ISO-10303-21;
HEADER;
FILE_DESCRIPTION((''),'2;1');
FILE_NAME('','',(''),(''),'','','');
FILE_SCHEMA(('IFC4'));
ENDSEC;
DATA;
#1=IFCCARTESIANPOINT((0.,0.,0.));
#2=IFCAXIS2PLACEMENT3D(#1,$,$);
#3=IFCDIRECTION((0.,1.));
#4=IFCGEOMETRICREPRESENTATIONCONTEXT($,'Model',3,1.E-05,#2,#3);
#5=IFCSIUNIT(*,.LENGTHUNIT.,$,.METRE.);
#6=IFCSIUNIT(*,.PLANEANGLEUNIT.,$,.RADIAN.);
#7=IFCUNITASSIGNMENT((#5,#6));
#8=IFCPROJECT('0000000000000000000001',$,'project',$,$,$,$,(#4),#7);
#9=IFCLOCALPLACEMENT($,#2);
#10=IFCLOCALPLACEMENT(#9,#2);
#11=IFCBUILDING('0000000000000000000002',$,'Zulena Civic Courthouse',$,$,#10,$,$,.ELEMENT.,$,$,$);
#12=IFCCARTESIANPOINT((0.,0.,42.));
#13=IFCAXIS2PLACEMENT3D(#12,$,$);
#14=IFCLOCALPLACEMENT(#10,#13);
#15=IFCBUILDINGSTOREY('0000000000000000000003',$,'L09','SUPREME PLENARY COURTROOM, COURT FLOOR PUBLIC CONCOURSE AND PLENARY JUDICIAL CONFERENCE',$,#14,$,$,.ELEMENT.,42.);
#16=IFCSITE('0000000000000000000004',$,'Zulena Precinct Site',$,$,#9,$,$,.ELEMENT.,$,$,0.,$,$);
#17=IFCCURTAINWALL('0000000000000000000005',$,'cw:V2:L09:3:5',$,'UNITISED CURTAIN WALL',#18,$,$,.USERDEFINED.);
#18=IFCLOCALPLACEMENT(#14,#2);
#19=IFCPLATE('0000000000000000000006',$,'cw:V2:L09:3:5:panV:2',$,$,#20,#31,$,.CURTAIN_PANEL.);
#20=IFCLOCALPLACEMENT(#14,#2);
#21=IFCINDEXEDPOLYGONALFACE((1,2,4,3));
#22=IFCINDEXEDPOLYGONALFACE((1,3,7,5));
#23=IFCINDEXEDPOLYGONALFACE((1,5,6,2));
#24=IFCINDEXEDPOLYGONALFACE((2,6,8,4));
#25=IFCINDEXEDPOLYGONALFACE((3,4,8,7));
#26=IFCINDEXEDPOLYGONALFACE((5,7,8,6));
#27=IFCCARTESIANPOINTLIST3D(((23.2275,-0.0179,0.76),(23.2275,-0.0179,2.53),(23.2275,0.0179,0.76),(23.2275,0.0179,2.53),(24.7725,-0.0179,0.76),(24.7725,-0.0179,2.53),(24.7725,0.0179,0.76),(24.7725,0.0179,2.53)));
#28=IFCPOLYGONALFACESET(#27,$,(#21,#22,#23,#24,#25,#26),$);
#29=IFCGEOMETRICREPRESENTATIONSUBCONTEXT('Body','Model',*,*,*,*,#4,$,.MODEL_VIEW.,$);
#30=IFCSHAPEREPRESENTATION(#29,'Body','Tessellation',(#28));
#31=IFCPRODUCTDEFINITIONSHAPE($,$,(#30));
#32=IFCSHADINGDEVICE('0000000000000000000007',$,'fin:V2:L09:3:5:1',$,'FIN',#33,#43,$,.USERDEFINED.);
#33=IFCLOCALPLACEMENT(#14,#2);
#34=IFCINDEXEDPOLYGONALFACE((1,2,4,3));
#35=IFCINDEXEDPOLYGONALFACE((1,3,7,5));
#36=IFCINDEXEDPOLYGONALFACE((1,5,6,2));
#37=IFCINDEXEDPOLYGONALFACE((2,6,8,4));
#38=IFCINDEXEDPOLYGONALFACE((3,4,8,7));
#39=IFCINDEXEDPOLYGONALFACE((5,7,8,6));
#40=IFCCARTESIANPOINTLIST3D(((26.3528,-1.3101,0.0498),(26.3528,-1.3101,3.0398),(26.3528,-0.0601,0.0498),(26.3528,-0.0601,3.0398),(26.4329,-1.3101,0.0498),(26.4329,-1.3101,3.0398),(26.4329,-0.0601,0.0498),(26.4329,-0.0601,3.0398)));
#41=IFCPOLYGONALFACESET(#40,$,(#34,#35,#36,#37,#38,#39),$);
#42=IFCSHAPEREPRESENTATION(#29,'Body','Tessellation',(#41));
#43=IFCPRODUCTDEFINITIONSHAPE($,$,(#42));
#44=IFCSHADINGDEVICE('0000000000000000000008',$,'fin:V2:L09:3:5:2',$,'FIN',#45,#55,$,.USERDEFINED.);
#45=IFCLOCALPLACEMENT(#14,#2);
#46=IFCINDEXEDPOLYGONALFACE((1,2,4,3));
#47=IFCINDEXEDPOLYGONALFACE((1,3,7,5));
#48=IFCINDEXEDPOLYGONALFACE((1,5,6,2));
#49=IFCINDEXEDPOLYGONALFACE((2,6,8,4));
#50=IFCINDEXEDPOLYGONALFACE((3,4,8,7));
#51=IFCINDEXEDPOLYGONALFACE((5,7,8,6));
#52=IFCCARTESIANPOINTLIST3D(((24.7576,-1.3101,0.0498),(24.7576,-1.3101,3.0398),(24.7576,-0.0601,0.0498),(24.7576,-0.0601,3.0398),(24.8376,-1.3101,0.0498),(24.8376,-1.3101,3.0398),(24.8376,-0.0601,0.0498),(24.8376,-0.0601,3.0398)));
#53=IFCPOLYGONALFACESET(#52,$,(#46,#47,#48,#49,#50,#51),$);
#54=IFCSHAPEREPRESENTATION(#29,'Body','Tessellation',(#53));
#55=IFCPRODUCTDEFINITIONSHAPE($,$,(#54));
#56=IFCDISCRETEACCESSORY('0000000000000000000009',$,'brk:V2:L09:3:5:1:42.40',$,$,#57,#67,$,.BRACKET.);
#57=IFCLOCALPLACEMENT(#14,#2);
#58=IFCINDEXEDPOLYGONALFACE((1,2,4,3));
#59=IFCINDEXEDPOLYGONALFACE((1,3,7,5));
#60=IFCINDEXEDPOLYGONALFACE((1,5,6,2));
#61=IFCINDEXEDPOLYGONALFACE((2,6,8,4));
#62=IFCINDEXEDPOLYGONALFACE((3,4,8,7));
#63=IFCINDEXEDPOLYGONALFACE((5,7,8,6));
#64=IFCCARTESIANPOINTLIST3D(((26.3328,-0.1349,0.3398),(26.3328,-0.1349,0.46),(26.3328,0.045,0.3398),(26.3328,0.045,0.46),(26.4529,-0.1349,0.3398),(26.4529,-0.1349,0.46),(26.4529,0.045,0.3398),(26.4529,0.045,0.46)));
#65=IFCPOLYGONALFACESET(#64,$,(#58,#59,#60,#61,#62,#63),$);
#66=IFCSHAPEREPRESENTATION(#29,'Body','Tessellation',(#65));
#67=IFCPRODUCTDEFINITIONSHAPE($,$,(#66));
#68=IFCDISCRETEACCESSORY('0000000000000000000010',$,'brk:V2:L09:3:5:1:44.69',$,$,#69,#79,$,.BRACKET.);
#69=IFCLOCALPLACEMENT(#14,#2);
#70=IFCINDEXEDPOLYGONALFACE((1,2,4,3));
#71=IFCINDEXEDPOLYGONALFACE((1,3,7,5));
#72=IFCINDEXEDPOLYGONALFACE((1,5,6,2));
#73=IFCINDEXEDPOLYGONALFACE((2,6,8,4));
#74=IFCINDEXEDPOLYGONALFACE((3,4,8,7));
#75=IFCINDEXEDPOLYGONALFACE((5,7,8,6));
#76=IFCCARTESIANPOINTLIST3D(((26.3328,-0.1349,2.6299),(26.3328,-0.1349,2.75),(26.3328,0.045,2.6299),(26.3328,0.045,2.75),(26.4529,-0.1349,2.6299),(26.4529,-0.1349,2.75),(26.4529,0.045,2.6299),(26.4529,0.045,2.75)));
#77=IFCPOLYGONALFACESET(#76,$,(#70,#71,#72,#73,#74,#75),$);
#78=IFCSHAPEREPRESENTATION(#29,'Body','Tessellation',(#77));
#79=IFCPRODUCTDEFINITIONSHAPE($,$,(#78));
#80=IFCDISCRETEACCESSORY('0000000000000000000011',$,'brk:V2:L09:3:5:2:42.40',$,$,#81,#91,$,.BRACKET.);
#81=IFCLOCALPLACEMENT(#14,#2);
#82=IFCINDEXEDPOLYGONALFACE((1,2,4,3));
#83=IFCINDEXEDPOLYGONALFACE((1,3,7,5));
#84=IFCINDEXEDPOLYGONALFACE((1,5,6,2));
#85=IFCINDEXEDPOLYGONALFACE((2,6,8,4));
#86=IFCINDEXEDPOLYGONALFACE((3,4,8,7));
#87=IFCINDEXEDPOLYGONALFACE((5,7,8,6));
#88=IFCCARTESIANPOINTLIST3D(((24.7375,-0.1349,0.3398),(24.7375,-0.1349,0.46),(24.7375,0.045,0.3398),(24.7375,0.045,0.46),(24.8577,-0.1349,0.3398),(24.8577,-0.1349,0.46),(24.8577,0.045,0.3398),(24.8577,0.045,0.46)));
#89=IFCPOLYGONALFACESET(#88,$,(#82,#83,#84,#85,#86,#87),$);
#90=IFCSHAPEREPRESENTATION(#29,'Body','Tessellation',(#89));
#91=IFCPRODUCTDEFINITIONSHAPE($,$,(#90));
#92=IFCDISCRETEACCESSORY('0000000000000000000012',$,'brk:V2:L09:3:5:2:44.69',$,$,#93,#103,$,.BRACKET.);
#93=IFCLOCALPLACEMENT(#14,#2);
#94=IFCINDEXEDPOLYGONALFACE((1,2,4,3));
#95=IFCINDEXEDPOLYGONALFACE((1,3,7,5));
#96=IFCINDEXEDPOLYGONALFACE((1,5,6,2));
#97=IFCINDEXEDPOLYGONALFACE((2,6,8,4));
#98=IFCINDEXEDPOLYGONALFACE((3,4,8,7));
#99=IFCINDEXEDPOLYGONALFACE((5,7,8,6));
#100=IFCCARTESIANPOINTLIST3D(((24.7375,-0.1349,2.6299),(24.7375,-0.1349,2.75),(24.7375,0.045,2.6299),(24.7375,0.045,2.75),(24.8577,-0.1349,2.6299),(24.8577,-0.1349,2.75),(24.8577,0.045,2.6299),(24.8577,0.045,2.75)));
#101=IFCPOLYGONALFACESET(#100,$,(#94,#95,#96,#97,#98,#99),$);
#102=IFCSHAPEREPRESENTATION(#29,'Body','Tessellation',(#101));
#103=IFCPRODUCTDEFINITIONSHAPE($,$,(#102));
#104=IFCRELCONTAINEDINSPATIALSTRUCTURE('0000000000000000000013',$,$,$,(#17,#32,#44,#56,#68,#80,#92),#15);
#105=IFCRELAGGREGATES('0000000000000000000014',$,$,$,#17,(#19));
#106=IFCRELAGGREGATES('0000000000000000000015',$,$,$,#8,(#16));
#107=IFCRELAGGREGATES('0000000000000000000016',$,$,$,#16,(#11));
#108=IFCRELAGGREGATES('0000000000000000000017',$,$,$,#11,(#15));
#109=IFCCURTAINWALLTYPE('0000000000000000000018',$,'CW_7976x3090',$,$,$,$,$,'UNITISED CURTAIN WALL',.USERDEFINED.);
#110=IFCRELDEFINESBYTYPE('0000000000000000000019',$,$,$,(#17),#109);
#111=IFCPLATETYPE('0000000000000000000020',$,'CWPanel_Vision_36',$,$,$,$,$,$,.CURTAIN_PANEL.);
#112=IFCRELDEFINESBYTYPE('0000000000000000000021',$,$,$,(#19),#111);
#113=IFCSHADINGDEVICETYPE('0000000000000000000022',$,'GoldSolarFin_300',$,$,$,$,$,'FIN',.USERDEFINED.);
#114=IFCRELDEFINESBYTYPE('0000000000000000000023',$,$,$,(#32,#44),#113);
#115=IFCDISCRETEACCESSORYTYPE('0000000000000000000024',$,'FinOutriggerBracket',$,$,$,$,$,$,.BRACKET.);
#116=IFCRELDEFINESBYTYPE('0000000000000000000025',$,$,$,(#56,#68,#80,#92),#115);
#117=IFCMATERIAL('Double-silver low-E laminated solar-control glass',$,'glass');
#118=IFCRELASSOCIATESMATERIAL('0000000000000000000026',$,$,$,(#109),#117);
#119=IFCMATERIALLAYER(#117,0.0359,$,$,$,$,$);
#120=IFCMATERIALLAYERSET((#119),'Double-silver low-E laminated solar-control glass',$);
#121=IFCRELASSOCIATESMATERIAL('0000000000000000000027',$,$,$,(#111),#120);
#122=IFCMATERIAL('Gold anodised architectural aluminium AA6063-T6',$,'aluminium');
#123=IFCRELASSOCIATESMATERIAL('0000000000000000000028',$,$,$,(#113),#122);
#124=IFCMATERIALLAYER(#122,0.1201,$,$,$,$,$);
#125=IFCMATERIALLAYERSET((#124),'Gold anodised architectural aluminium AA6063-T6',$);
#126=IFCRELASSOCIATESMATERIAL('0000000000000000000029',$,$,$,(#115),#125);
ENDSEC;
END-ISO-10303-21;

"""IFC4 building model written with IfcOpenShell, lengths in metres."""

from ifc_helpers import new_model, si_unit, direction, frame, origin, origin_2d, place, context, subcontext, project, spatial, rectangle, extrude, material, layer, layer_set, type_object, element, aggregate, save


model = new_model("IFC4")

# Units and contexts
model_context = context("Model", 3, precision=1e-05, world=origin(), true_north=direction((0.0, 1.0)))
body_context = subcontext(model_context, "Body", "Model", "MODEL_VIEW")
ifc_project = project(units=[si_unit("LENGTHUNIT", "METRE"), si_unit("PLANEANGLEUNIT", "RADIAN")], contexts=[model_context])

# Site, building, storey
site_placement = place(None, origin())
site = spatial("IfcSite", under=ifc_project, at=site_placement, Name="Zulena Precinct Site", CompositionType="ELEMENT", RefElevation=0.0)
building_placement = place(site_placement, origin())
building = spatial("IfcBuilding", under=site, at=building_placement, Name="Zulena Civic Courthouse", CompositionType="ELEMENT")
storey_placement = place(building_placement, frame((0.0, 0.0, 42.0)))
storey = spatial("IfcBuildingStorey", under=building, at=storey_placement, Name="L09", Description="SUPREME PLENARY COURTROOM, COURT FLOOR PUBLIC CONCOURSE AND PLENARY JUDICIAL CONFERENCE", CompositionType="ELEMENT", Elevation=42.0)

# Curtain wall, plate
ifc_material_1 = material(Name="Double-silver low-E laminated solar-control glass", Category="glass")
curtain_wall_type = type_object("IfcCurtainWallType", Name="CW_7976x3090", ElementType="UNITISED CURTAIN WALL", PredefinedType="USERDEFINED", material=ifc_material_1)
curtain_wall_placement = place(storey_placement, origin())
curtain_wall = element("IfcCurtainWall", 1, at=curtain_wall_placement, inside=storey, type_object=curtain_wall_type, Name="cw:V2:L09:3:5", ObjectType="UNITISED CURTAIN WALL", PredefinedType="USERDEFINED")
ifc_layer_1 = layer(ifc_material_1, 0.0359)
ifc_layer_set_1 = layer_set([ifc_layer_1], Name="Double-silver low-E laminated solar-control glass")
plate_type_1 = type_object("IfcPlateType", Name="CWPanel_Vision_36", PredefinedType="CURTAIN_PANEL", material=ifc_layer_set_1)
plate_1_placement = place(storey_placement, frame((24.0, 0.0, 0.76), z_axis=(0.0, 0.0, 1.0), x_axis=(-1.0, 0.0, 0.0)))
plate_1 = element("IfcPlate", 2, at=plate_1_placement, type_object=plate_type_1, Name="cw:V2:L09:3:5:panV:2", PredefinedType="CURTAIN_PANEL", context=body_context, shape_type="SweptSolid", body=[
    extrude(rectangle(XDim=1.5449, YDim=0.0359, at=origin_2d()), origin(), (0.0, 0.0, 1.0), 1.77),
])
aggregate(curtain_wall, [plate_1])

# Shading devices
ifc_material_2 = material(Name="Gold anodised architectural aluminium AA6063-T6", Category="aluminium")
shading_device_type = type_object("IfcShadingDeviceType", Name="GoldSolarFin_300", ElementType="FIN", PredefinedType="USERDEFINED", material=ifc_material_2)
for number, where, z_axis, x_axis, name in (
    (3, (26.3928, -0.6851, 0.0498), (0.0, 0.0, 1.0), (0.0, -1.0, 0.0), "fin:V2:L09:3:5:1"),
    (4, (24.7976, -0.6851, 0.0498), (0.0, 0.0, 1.0), (0.0, -1.0, 0.0), "fin:V2:L09:3:5:2"),
):
    element("IfcShadingDevice", number, at=place(storey_placement, frame(where, z_axis=z_axis, x_axis=x_axis)), inside=storey, type_object=shading_device_type, Name=name, ObjectType="FIN", PredefinedType="USERDEFINED", context=body_context, shape_type="SweptSolid", body=[
        extrude(rectangle(XDim=1.25, YDim=0.0801, at=origin_2d()), origin(), (0.0, 0.0, 1.0), 2.99),
    ])

# Discrete accessories
ifc_layer_2 = layer(ifc_material_2, 0.1201)
ifc_layer_set_2 = layer_set([ifc_layer_2], Name="Gold anodised architectural aluminium AA6063-T6")
discrete_accessory_type = type_object("IfcDiscreteAccessoryType", Name="FinOutriggerBracket", PredefinedType="BRACKET", material=ifc_layer_set_2)
for number, where, z_axis, x_axis, name in (
    (5, (26.3928, -0.0449, 0.3398), (0.0, 0.0, 1.0), (0.0, -1.0, 0.0), "brk:V2:L09:3:5:1:42.40"),
    (6, (26.3928, -0.0449, 2.6299), (0.0, 0.0, 1.0), (0.0, -1.0, 0.0), "brk:V2:L09:3:5:1:44.69"),
    (7, (24.7976, -0.0449, 0.3398), (0.0, 0.0, 1.0), (0.0, -1.0, 0.0), "brk:V2:L09:3:5:2:42.40"),
    (8, (24.7976, -0.0449, 2.6299), (0.0, 0.0, 1.0), (0.0, -1.0, 0.0), "brk:V2:L09:3:5:2:44.69"),
):
    element("IfcDiscreteAccessory", number, at=place(storey_placement, frame(where, z_axis=z_axis, x_axis=x_axis)), inside=storey, type_object=discrete_accessory_type, Name=name, PredefinedType="BRACKET", context=body_context, shape_type="SweptSolid", body=[
        extrude(rectangle(XDim=0.1799, YDim=0.1201, at=origin_2d()), origin(), (0.0, 0.0, 1.0), 0.1201),
    ])

save(model, "model.ifc")
